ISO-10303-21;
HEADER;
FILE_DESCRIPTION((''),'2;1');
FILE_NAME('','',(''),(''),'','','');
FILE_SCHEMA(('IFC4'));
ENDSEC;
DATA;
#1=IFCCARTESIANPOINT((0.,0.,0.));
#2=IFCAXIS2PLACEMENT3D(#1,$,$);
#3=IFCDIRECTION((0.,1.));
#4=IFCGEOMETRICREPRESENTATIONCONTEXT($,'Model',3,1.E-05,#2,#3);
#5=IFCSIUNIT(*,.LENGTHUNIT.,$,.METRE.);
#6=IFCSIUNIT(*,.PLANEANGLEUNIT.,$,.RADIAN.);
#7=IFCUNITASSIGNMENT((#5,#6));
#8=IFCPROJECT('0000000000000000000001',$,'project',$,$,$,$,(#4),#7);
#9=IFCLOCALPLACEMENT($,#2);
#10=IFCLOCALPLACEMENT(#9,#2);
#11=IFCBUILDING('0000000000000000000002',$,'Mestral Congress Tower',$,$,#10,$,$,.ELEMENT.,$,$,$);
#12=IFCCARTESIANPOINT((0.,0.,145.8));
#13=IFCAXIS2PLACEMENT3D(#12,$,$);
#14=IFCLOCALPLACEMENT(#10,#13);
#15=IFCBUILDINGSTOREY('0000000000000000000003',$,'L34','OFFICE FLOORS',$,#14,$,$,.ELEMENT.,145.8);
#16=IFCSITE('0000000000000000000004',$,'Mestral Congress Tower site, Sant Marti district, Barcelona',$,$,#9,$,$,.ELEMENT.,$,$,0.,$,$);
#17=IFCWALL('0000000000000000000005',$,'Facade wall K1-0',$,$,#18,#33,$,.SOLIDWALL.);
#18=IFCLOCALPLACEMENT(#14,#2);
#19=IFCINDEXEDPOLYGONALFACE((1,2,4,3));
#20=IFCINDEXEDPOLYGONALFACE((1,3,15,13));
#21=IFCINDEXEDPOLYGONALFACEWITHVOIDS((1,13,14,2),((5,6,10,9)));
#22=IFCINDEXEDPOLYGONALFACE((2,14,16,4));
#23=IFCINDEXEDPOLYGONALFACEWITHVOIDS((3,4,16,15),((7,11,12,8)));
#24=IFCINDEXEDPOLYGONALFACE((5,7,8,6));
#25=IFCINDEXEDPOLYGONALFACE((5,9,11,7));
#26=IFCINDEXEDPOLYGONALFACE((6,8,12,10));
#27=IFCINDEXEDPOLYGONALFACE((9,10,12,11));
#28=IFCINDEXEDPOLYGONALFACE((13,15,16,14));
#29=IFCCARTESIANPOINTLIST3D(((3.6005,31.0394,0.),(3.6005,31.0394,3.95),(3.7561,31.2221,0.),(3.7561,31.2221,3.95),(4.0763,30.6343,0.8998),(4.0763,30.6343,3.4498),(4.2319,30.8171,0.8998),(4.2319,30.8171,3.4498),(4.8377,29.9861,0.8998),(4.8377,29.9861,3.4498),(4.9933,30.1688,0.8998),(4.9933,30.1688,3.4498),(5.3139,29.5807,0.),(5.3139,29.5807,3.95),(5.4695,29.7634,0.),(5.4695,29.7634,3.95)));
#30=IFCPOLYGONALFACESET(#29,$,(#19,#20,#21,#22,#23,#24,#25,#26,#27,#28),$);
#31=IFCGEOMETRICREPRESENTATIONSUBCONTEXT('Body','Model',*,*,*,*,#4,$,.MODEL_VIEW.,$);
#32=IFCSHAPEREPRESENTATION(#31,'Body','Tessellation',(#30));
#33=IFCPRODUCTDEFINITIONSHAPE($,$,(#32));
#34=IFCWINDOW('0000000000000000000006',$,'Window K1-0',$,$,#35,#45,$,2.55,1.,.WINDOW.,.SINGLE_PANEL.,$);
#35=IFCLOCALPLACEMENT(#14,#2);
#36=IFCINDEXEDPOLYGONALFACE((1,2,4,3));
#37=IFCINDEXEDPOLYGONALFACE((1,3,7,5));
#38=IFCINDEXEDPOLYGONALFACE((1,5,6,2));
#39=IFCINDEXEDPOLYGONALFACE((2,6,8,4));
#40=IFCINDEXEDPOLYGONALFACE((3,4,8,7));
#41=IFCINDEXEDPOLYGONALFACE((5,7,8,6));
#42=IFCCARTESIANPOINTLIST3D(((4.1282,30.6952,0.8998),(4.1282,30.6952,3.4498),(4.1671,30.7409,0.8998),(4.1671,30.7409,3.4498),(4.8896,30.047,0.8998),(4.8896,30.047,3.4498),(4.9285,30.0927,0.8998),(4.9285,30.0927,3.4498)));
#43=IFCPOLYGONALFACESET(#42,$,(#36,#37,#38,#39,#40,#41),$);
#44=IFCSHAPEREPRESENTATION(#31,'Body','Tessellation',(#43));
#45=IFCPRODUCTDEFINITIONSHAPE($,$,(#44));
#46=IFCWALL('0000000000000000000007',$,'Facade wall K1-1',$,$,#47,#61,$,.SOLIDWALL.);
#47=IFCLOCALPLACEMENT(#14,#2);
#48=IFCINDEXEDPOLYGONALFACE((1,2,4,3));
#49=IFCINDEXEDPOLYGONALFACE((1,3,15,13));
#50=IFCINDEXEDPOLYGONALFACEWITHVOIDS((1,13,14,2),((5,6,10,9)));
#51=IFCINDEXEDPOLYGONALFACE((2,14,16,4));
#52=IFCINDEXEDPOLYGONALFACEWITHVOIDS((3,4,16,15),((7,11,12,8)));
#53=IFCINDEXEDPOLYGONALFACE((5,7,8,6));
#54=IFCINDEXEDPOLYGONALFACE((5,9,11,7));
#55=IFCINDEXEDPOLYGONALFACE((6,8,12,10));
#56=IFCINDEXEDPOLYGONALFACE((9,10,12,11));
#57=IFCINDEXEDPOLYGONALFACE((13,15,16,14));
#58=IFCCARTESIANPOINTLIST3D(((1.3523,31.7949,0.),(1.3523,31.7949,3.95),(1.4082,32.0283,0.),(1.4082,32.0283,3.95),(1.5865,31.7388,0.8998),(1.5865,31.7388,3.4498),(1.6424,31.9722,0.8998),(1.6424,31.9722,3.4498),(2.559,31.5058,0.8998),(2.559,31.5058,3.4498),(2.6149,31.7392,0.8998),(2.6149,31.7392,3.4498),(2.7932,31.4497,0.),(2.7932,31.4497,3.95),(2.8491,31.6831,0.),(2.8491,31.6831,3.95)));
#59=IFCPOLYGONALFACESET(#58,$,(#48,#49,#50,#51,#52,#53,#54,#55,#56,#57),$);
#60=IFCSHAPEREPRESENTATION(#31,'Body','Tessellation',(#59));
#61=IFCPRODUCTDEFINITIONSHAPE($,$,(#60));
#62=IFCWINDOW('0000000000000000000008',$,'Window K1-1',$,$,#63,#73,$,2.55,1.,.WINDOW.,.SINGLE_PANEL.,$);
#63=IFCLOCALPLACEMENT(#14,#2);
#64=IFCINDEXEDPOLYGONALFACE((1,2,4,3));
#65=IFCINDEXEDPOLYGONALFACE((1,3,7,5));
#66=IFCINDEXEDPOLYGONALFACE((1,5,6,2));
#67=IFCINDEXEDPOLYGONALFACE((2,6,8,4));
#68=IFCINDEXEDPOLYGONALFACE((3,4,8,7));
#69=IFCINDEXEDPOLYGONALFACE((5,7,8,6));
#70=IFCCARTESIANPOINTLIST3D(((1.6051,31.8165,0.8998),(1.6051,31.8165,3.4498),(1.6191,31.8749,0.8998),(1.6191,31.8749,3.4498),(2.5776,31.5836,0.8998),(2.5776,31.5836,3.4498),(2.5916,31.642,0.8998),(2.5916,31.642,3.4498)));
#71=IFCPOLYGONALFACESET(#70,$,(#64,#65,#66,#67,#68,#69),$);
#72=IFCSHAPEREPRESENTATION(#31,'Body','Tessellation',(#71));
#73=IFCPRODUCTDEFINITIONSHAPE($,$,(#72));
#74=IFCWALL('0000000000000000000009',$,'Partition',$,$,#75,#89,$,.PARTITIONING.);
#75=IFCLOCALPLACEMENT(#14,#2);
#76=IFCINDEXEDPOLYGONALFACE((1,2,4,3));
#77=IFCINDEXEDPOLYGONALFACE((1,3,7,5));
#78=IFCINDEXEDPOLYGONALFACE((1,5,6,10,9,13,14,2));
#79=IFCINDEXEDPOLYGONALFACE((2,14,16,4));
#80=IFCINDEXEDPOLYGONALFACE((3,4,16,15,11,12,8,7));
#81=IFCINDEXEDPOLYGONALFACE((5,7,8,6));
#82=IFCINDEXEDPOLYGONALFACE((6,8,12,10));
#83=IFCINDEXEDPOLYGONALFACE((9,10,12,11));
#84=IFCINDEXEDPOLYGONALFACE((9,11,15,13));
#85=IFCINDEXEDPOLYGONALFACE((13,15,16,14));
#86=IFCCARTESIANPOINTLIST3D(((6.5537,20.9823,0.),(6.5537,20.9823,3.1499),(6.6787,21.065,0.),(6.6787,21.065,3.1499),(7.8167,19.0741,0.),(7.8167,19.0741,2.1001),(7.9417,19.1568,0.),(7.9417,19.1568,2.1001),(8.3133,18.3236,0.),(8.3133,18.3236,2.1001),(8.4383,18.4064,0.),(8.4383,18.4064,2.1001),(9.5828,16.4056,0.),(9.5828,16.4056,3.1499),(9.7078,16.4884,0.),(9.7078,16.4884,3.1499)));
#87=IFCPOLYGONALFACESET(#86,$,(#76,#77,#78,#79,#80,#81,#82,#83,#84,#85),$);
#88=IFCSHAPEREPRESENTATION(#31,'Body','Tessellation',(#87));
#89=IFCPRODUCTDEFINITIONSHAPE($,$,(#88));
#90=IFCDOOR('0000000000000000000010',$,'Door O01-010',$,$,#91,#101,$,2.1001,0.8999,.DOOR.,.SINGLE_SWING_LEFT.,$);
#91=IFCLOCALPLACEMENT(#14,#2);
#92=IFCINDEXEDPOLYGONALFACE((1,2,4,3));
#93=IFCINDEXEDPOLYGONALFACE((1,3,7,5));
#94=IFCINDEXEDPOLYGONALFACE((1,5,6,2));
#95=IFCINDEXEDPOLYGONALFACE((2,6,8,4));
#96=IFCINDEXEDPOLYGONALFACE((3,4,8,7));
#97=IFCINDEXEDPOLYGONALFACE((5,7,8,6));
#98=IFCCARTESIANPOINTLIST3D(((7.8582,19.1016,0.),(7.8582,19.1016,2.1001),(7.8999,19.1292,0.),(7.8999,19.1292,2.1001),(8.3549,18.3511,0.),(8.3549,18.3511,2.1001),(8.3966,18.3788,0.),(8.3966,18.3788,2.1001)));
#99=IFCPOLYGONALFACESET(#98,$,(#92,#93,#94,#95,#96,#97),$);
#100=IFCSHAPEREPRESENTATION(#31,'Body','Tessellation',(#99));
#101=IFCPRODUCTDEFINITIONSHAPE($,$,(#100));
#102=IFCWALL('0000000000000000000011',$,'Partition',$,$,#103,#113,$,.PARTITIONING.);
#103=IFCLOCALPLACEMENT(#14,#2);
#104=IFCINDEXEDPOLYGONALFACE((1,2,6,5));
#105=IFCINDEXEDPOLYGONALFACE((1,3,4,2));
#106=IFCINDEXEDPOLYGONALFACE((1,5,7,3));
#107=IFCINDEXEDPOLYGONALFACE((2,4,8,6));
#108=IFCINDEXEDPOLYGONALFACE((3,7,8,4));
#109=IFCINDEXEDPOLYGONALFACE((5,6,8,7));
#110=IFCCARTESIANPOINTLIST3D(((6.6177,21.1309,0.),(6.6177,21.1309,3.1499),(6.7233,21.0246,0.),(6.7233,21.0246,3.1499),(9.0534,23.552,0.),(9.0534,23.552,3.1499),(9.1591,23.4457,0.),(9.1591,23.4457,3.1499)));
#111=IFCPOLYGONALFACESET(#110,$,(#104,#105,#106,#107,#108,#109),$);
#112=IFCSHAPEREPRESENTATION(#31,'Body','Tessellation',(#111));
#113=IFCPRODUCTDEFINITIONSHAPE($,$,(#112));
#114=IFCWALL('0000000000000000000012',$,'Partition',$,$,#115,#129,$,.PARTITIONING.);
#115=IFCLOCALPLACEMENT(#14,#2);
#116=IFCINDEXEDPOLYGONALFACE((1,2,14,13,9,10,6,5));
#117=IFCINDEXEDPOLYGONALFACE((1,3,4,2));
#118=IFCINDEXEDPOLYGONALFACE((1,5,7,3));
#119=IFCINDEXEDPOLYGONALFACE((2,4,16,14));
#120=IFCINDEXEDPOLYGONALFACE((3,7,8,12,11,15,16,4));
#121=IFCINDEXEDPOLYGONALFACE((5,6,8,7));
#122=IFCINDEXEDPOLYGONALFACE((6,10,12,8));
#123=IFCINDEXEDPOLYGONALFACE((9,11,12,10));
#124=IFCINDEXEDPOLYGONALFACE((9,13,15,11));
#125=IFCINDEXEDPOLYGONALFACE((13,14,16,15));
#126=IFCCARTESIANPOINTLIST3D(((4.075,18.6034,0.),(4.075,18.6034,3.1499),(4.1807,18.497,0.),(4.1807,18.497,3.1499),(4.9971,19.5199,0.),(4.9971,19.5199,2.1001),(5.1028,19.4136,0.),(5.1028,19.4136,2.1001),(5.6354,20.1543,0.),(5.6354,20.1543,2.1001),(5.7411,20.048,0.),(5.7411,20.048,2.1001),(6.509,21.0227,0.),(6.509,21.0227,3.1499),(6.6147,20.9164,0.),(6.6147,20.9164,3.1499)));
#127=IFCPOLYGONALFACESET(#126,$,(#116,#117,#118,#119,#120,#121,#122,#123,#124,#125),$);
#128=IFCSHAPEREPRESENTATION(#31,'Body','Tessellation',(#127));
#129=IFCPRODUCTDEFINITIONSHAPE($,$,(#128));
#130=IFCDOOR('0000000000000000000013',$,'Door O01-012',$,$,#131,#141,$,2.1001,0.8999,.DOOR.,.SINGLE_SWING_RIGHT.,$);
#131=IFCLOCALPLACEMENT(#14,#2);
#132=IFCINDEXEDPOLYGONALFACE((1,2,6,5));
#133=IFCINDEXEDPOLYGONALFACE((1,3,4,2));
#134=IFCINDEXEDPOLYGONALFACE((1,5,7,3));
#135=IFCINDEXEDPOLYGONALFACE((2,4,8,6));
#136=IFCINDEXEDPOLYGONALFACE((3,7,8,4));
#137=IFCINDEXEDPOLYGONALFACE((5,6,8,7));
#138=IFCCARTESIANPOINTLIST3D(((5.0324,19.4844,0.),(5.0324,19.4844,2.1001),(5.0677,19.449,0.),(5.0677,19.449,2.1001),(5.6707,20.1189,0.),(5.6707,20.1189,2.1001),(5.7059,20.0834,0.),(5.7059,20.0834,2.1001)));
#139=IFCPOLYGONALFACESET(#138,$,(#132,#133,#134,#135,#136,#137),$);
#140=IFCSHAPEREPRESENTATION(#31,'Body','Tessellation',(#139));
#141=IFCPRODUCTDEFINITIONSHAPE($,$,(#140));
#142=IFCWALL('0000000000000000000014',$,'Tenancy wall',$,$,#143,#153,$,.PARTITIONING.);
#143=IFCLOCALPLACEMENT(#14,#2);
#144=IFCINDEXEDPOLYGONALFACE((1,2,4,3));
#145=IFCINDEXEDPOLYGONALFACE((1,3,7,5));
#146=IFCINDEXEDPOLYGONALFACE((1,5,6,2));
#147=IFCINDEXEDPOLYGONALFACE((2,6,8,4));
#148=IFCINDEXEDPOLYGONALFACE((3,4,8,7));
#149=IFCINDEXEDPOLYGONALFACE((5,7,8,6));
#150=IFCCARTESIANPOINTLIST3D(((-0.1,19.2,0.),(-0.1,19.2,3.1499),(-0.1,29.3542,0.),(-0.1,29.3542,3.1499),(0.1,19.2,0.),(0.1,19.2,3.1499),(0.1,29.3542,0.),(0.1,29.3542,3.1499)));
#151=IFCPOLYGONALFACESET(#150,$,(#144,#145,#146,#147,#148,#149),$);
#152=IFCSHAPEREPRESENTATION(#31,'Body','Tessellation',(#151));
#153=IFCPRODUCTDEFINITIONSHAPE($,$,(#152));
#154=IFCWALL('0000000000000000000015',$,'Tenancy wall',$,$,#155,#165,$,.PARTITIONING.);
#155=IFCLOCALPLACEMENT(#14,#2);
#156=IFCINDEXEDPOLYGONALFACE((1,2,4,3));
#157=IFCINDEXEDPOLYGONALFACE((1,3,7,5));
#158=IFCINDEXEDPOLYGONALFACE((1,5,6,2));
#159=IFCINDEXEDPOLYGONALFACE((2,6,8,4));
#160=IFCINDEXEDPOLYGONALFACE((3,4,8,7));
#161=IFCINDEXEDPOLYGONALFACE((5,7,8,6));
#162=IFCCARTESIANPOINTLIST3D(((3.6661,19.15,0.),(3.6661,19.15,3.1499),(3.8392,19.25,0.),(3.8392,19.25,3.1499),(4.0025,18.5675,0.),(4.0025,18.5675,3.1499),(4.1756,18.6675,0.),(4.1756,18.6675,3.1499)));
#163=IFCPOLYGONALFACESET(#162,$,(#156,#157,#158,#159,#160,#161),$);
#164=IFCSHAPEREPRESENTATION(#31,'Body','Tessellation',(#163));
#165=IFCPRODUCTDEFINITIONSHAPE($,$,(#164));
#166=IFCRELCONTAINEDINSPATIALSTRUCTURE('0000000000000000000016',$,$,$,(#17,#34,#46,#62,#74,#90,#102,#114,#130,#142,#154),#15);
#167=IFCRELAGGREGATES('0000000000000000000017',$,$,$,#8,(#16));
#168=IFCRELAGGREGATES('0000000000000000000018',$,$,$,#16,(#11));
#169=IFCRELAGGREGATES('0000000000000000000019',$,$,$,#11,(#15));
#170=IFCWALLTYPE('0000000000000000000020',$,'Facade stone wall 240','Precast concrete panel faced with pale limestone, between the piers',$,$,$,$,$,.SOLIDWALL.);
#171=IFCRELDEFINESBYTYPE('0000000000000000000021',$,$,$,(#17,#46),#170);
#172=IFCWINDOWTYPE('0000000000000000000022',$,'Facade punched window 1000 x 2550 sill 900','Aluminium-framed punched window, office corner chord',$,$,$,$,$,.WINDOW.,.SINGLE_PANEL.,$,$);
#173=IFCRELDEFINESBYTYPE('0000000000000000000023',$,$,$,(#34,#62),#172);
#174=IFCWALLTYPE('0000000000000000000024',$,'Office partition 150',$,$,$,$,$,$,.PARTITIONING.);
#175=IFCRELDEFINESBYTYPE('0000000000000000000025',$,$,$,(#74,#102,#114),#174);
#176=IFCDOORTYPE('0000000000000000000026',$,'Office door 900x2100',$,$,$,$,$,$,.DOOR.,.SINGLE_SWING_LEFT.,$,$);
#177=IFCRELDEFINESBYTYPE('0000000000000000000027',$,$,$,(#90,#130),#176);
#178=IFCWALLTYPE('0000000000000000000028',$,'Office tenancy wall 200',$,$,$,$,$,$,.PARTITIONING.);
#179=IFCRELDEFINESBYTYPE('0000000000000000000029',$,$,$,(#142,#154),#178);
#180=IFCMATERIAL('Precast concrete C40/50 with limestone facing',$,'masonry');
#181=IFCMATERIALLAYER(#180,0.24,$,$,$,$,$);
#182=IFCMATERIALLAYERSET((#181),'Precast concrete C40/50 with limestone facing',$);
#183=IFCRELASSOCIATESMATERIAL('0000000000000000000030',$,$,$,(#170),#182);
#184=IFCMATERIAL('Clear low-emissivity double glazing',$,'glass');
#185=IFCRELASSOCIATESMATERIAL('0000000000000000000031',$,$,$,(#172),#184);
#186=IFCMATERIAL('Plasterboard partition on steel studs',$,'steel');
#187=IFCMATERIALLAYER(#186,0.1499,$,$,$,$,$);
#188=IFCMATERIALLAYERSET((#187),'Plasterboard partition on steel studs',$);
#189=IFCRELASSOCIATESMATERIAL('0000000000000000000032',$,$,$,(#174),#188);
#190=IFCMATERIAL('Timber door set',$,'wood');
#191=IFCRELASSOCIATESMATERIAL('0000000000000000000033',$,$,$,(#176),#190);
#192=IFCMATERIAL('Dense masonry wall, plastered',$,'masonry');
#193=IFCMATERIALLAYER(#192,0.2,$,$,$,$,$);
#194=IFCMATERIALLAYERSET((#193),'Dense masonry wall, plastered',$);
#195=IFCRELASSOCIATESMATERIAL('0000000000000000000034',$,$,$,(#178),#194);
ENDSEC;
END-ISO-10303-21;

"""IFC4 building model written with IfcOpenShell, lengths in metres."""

from ifc_helpers import new_model, si_unit, direction, frame, frame_2d, origin, place, context, subcontext, project, spatial, rectangle, extrude, material, layer, layer_set, type_object, element, fill, save


model = new_model("IFC4")

# Units and contexts
model_context = context("Model", 3, precision=1e-05, world=origin(), true_north=direction((0.0, 1.0)))
body_context = subcontext(model_context, "Body", "Model", "MODEL_VIEW")
ifc_project = project(units=[si_unit("LENGTHUNIT", "METRE"), si_unit("PLANEANGLEUNIT", "RADIAN")], contexts=[model_context])

# Site, building, storey
site_placement = place(None, origin())
site = spatial("IfcSite", under=ifc_project, at=site_placement, Name="Mestral Congress Tower site, Sant Marti district, Barcelona", CompositionType="ELEMENT", RefElevation=0.0)
building_placement = place(site_placement, origin())
building = spatial("IfcBuilding", under=site, at=building_placement, Name="Mestral Congress Tower", CompositionType="ELEMENT")
storey_placement = place(building_placement, frame((0.0, 0.0, 145.8)))
storey = spatial("IfcBuildingStorey", under=building, at=storey_placement, Name="L34", Description="OFFICE FLOORS", CompositionType="ELEMENT", Elevation=145.8)

# Shared definitions
ifc_material_1 = material(Name="Precast concrete C40/50 with limestone facing", Category="masonry")
ifc_layer_1 = layer(ifc_material_1, 0.24)
ifc_layer_set_1 = layer_set([ifc_layer_1], Name="Precast concrete C40/50 with limestone facing")
wall_type_1 = type_object("IfcWallType", Name="Facade stone wall 240", Description="Precast concrete panel faced with pale limestone, between the piers", PredefinedType="SOLIDWALL", material=ifc_layer_set_1)
ifc_material_2 = material(Name="Clear low-emissivity double glazing", Category="glass")

# Walls, openings, windows
wall_1_placement = place(storey_placement, frame((5.3916, 29.6721, 0.0), z_axis=(0.0, 0.0, 1.0), x_axis=(-0.76142, 0.648259, 0.0)))
wall_1 = element("IfcWall", 1, at=wall_1_placement, inside=storey, type_object=wall_type_1, Name="Facade wall K1-0", PredefinedType="SOLIDWALL", context=body_context, shape_type="SweptSolid", body=[
    extrude(rectangle(XDim=2.2502, YDim=0.24, at=frame_2d((1.125, 0.0))), origin(), (0.0, 0.0, 1.0), 3.95),
])
opening_1_placement = place(wall_1_placement, frame((0.6252, 0.0, 0.8999)))
opening_1 = element("IfcOpeningElement", 2, at=opening_1_placement, cuts=wall_1, PredefinedType="OPENING", context=body_context, shape_type="SweptSolid", body=[
    extrude(rectangle(XDim=1.0, YDim=2.55, at=frame_2d((0.5, 1.2749))), frame((0.0, 0.1299, 0.0), z_axis=(0.0, -1.0, 0.0), x_axis=(1.0, 0.0, 0.0)), (0.0, 0.0, 1.0), 0.26),
])
window_type_1 = type_object("IfcWindowType", Name="Facade punched window 1000 x 2550 sill 900", Description="Aluminium-framed punched window, office corner chord", PartitioningType="SINGLE_PANEL", PredefinedType="WINDOW", material=ifc_material_2)
window_1_placement = place(opening_1_placement, origin())
window_1 = element("IfcWindow", 3, at=window_1_placement, inside=storey, type_object=window_type_1, Name="Window K1-0", OverallHeight=2.55, OverallWidth=1.0, PartitioningType="SINGLE_PANEL", PredefinedType="WINDOW", context=body_context, shape_type="SweptSolid", body=[
    extrude(rectangle(XDim=1.0, YDim=2.55, at=frame_2d((0.5, 1.2749))), frame((0.0, 0.04, 0.0), z_axis=(0.0, -1.0, 0.0), x_axis=(1.0, 0.0, 0.0)), (0.0, 0.0, 1.0), 0.0601),
])
fill(opening_1, window_1)
wall_2_placement = place(storey_placement, frame((2.821, 31.5664, 0.0), z_axis=(0.0, 0.0, 1.0), x_axis=(-0.97248, 0.232987, 0.0)))
wall_2 = element("IfcWall", 4, at=wall_2_placement, inside=storey, type_object=wall_type_1, Name="Facade wall K1-1", PredefinedType="SOLIDWALL", context=body_context, shape_type="SweptSolid", body=[
    extrude(rectangle(XDim=1.4817, YDim=0.24, at=frame_2d((0.7407, 0.0))), origin(), (0.0, 0.0, 1.0), 3.95),
])
opening_2_placement = place(wall_2_placement, frame((0.2407, 0.0, 0.8999)))
opening_2 = element("IfcOpeningElement", 5, at=opening_2_placement, cuts=wall_2, PredefinedType="OPENING", context=body_context, shape_type="SweptSolid", body=[
    extrude(rectangle(XDim=1.0, YDim=2.55, at=frame_2d((0.5, 1.2749))), frame((0.0, 0.1299, 0.0), z_axis=(0.0, -1.0, 0.0), x_axis=(1.0, 0.0, 0.0)), (0.0, 0.0, 1.0), 0.26),
])
window_2_placement = place(opening_2_placement, origin())
window_2 = element("IfcWindow", 6, at=window_2_placement, inside=storey, type_object=window_type_1, Name="Window K1-1", OverallHeight=2.55, OverallWidth=1.0, PartitioningType="SINGLE_PANEL", PredefinedType="WINDOW", context=body_context, shape_type="SweptSolid", body=[
    extrude(rectangle(XDim=1.0, YDim=2.55, at=frame_2d((0.5, 1.2749))), frame((0.0, 0.04, 0.0), z_axis=(0.0, -1.0, 0.0), x_axis=(1.0, 0.0, 0.0)), (0.0, 0.0, 1.0), 0.0601),
])
fill(opening_2, window_2)

# Wall, opening, door
ifc_material_3 = material(Name="Plasterboard partition on steel studs", Category="steel")
ifc_layer_2 = layer(ifc_material_3, 0.1499)
ifc_layer_set_2 = layer_set([ifc_layer_2], Name="Plasterboard partition on steel studs")
wall_type_2 = type_object("IfcWallType", Name="Office partition 150", PredefinedType="PARTITIONING", material=ifc_layer_set_2)
wall_3_placement = place(storey_placement, frame((6.6162, 21.0237, 0.0), z_axis=(0.0, 0.0, 1.0), x_axis=(0.551915, -0.8339, 0.0)))
wall_3 = element("IfcWall", 7, at=wall_3_placement, inside=storey, type_object=wall_type_2, Name="Partition", PredefinedType="PARTITIONING", context=body_context, shape_type="SweptSolid", body=[
    extrude(rectangle(XDim=5.4883, YDim=0.1499, at=frame_2d((2.7441, 0.0))), origin(), (0.0, 0.0, 1.0), 3.1499),
])
opening_3_placement = place(wall_3_placement, frame((2.2883, 0.0, 0.0)))
opening_3 = element("IfcOpeningElement", 8, at=opening_3_placement, cuts=wall_3, PredefinedType="OPENING", context=body_context, shape_type="SweptSolid", body=[
    extrude(rectangle(XDim=0.8999, YDim=2.1001, at=frame_2d((0.45, 1.05))), frame((0.0, 0.085, 0.0), z_axis=(0.0, -1.0, 0.0), x_axis=(1.0, 0.0, 0.0)), (0.0, 0.0, 1.0), 0.1699),
])
ifc_material_4 = material(Name="Timber door set", Category="wood")
door_type = type_object("IfcDoorType", Name="Office door 900x2100", OperationType="SINGLE_SWING_LEFT", PredefinedType="DOOR", material=ifc_material_4)
door_1_placement = place(opening_3_placement, origin())
door_1 = element("IfcDoor", 9, at=door_1_placement, inside=storey, type_object=door_type, Name="Door O01-010", OperationType="SINGLE_SWING_LEFT", OverallHeight=2.1001, OverallWidth=0.8999, PredefinedType="DOOR", context=body_context, shape_type="SweptSolid", body=[
    extrude(rectangle(XDim=0.8999, YDim=2.1001, at=frame_2d((0.45, 1.05))), frame((0.0, 0.0249, 0.0), z_axis=(0.0, -1.0, 0.0), x_axis=(1.0, 0.0, 0.0)), (0.0, 0.0, 1.0), 0.05),
])
fill(opening_3, door_1)

# Wall
wall_4_placement = place(storey_placement, frame((6.6704, 21.0776, 0.0), z_axis=(0.0, 0.0, 1.0), x_axis=(0.709236, 0.704971, 0.0)))
element("IfcWall", 10, at=wall_4_placement, inside=storey, type_object=wall_type_2, Name="Partition", PredefinedType="PARTITIONING", context=body_context, shape_type="SweptSolid", body=[
    extrude(rectangle(XDim=3.4343, YDim=0.1499, at=frame_2d((1.7173, 0.0))), origin(), (0.0, 0.0, 1.0), 3.1499),
])

# Wall, opening, door
wall_5_placement = place(storey_placement, frame((4.1279, 18.5503, 0.0), z_axis=(0.0, 0.0, 1.0), x_axis=(0.709238, 0.704969, 0.0)))
wall_5 = element("IfcWall", 11, at=wall_5_placement, inside=storey, type_object=wall_type_2, Name="Partition", PredefinedType="PARTITIONING", context=body_context, shape_type="SweptSolid", body=[
    extrude(rectangle(XDim=3.4319, YDim=0.1499, at=frame_2d((1.7158, 0.0))), origin(), (0.0, 0.0, 1.0), 3.1499),
])
opening_4_placement = place(wall_5_placement, frame((1.3, 0.0, 0.0)))
opening_4 = element("IfcOpeningElement", 12, at=opening_4_placement, cuts=wall_5, PredefinedType="OPENING", context=body_context, shape_type="SweptSolid", body=[
    extrude(rectangle(XDim=0.8999, YDim=2.1001, at=frame_2d((0.45, 1.05))), frame((0.0, 0.085, 0.0), z_axis=(0.0, -1.0, 0.0), x_axis=(1.0, 0.0, 0.0)), (0.0, 0.0, 1.0), 0.1699),
])
door_2_placement = place(opening_4_placement, origin())
door_2 = element("IfcDoor", 13, at=door_2_placement, inside=storey, type_object=door_type, Name="Door O01-012", OperationType="SINGLE_SWING_RIGHT", OverallHeight=2.1001, OverallWidth=0.8999, PredefinedType="DOOR", context=body_context, shape_type="SweptSolid", body=[
    extrude(rectangle(XDim=0.8999, YDim=2.1001, at=frame_2d((0.45, 1.05))), frame((0.0, 0.0249, 0.0), z_axis=(0.0, -1.0, 0.0), x_axis=(1.0, 0.0, 0.0)), (0.0, 0.0, 1.0), 0.05),
])
fill(opening_4, door_2)

# Walls
ifc_material_5 = material(Name="Dense masonry wall, plastered", Category="masonry")
ifc_layer_3 = layer(ifc_material_5, 0.2)
ifc_layer_set_3 = layer_set([ifc_layer_3], Name="Dense masonry wall, plastered")
wall_type_3 = type_object("IfcWallType", Name="Office tenancy wall 200", PredefinedType="PARTITIONING", material=ifc_layer_set_3)
wall_6_placement = place(storey_placement, frame((0.0, 19.2, 0.0), z_axis=(0.0, 0.0, 1.0), x_axis=(0.0, 1.0, 0.0)))
element("IfcWall", 14, at=wall_6_placement, inside=storey, type_object=wall_type_3, Name="Tenancy wall", PredefinedType="PARTITIONING", context=body_context, shape_type="SweptSolid", body=[
    extrude(rectangle(XDim=10.1543, YDim=0.2, at=frame_2d((5.0771, 0.0))), origin(), (0.0, 0.0, 1.0), 3.1499),
])
wall_7_placement = place(storey_placement, frame((4.0891, 18.6174, 0.0), z_axis=(0.0, 0.0, 1.0), x_axis=(-0.50012, 0.865956, 0.0)))
element("IfcWall", 15, at=wall_7_placement, inside=storey, type_object=wall_type_3, Name="Tenancy wall", PredefinedType="PARTITIONING", context=body_context, shape_type="SweptSolid", body=[
    extrude(rectangle(XDim=0.6726, YDim=0.2, at=frame_2d((0.3364, 0.0))), origin(), (0.0, 0.0, 1.0), 3.1499),
])

save(model, "model.ifc")
